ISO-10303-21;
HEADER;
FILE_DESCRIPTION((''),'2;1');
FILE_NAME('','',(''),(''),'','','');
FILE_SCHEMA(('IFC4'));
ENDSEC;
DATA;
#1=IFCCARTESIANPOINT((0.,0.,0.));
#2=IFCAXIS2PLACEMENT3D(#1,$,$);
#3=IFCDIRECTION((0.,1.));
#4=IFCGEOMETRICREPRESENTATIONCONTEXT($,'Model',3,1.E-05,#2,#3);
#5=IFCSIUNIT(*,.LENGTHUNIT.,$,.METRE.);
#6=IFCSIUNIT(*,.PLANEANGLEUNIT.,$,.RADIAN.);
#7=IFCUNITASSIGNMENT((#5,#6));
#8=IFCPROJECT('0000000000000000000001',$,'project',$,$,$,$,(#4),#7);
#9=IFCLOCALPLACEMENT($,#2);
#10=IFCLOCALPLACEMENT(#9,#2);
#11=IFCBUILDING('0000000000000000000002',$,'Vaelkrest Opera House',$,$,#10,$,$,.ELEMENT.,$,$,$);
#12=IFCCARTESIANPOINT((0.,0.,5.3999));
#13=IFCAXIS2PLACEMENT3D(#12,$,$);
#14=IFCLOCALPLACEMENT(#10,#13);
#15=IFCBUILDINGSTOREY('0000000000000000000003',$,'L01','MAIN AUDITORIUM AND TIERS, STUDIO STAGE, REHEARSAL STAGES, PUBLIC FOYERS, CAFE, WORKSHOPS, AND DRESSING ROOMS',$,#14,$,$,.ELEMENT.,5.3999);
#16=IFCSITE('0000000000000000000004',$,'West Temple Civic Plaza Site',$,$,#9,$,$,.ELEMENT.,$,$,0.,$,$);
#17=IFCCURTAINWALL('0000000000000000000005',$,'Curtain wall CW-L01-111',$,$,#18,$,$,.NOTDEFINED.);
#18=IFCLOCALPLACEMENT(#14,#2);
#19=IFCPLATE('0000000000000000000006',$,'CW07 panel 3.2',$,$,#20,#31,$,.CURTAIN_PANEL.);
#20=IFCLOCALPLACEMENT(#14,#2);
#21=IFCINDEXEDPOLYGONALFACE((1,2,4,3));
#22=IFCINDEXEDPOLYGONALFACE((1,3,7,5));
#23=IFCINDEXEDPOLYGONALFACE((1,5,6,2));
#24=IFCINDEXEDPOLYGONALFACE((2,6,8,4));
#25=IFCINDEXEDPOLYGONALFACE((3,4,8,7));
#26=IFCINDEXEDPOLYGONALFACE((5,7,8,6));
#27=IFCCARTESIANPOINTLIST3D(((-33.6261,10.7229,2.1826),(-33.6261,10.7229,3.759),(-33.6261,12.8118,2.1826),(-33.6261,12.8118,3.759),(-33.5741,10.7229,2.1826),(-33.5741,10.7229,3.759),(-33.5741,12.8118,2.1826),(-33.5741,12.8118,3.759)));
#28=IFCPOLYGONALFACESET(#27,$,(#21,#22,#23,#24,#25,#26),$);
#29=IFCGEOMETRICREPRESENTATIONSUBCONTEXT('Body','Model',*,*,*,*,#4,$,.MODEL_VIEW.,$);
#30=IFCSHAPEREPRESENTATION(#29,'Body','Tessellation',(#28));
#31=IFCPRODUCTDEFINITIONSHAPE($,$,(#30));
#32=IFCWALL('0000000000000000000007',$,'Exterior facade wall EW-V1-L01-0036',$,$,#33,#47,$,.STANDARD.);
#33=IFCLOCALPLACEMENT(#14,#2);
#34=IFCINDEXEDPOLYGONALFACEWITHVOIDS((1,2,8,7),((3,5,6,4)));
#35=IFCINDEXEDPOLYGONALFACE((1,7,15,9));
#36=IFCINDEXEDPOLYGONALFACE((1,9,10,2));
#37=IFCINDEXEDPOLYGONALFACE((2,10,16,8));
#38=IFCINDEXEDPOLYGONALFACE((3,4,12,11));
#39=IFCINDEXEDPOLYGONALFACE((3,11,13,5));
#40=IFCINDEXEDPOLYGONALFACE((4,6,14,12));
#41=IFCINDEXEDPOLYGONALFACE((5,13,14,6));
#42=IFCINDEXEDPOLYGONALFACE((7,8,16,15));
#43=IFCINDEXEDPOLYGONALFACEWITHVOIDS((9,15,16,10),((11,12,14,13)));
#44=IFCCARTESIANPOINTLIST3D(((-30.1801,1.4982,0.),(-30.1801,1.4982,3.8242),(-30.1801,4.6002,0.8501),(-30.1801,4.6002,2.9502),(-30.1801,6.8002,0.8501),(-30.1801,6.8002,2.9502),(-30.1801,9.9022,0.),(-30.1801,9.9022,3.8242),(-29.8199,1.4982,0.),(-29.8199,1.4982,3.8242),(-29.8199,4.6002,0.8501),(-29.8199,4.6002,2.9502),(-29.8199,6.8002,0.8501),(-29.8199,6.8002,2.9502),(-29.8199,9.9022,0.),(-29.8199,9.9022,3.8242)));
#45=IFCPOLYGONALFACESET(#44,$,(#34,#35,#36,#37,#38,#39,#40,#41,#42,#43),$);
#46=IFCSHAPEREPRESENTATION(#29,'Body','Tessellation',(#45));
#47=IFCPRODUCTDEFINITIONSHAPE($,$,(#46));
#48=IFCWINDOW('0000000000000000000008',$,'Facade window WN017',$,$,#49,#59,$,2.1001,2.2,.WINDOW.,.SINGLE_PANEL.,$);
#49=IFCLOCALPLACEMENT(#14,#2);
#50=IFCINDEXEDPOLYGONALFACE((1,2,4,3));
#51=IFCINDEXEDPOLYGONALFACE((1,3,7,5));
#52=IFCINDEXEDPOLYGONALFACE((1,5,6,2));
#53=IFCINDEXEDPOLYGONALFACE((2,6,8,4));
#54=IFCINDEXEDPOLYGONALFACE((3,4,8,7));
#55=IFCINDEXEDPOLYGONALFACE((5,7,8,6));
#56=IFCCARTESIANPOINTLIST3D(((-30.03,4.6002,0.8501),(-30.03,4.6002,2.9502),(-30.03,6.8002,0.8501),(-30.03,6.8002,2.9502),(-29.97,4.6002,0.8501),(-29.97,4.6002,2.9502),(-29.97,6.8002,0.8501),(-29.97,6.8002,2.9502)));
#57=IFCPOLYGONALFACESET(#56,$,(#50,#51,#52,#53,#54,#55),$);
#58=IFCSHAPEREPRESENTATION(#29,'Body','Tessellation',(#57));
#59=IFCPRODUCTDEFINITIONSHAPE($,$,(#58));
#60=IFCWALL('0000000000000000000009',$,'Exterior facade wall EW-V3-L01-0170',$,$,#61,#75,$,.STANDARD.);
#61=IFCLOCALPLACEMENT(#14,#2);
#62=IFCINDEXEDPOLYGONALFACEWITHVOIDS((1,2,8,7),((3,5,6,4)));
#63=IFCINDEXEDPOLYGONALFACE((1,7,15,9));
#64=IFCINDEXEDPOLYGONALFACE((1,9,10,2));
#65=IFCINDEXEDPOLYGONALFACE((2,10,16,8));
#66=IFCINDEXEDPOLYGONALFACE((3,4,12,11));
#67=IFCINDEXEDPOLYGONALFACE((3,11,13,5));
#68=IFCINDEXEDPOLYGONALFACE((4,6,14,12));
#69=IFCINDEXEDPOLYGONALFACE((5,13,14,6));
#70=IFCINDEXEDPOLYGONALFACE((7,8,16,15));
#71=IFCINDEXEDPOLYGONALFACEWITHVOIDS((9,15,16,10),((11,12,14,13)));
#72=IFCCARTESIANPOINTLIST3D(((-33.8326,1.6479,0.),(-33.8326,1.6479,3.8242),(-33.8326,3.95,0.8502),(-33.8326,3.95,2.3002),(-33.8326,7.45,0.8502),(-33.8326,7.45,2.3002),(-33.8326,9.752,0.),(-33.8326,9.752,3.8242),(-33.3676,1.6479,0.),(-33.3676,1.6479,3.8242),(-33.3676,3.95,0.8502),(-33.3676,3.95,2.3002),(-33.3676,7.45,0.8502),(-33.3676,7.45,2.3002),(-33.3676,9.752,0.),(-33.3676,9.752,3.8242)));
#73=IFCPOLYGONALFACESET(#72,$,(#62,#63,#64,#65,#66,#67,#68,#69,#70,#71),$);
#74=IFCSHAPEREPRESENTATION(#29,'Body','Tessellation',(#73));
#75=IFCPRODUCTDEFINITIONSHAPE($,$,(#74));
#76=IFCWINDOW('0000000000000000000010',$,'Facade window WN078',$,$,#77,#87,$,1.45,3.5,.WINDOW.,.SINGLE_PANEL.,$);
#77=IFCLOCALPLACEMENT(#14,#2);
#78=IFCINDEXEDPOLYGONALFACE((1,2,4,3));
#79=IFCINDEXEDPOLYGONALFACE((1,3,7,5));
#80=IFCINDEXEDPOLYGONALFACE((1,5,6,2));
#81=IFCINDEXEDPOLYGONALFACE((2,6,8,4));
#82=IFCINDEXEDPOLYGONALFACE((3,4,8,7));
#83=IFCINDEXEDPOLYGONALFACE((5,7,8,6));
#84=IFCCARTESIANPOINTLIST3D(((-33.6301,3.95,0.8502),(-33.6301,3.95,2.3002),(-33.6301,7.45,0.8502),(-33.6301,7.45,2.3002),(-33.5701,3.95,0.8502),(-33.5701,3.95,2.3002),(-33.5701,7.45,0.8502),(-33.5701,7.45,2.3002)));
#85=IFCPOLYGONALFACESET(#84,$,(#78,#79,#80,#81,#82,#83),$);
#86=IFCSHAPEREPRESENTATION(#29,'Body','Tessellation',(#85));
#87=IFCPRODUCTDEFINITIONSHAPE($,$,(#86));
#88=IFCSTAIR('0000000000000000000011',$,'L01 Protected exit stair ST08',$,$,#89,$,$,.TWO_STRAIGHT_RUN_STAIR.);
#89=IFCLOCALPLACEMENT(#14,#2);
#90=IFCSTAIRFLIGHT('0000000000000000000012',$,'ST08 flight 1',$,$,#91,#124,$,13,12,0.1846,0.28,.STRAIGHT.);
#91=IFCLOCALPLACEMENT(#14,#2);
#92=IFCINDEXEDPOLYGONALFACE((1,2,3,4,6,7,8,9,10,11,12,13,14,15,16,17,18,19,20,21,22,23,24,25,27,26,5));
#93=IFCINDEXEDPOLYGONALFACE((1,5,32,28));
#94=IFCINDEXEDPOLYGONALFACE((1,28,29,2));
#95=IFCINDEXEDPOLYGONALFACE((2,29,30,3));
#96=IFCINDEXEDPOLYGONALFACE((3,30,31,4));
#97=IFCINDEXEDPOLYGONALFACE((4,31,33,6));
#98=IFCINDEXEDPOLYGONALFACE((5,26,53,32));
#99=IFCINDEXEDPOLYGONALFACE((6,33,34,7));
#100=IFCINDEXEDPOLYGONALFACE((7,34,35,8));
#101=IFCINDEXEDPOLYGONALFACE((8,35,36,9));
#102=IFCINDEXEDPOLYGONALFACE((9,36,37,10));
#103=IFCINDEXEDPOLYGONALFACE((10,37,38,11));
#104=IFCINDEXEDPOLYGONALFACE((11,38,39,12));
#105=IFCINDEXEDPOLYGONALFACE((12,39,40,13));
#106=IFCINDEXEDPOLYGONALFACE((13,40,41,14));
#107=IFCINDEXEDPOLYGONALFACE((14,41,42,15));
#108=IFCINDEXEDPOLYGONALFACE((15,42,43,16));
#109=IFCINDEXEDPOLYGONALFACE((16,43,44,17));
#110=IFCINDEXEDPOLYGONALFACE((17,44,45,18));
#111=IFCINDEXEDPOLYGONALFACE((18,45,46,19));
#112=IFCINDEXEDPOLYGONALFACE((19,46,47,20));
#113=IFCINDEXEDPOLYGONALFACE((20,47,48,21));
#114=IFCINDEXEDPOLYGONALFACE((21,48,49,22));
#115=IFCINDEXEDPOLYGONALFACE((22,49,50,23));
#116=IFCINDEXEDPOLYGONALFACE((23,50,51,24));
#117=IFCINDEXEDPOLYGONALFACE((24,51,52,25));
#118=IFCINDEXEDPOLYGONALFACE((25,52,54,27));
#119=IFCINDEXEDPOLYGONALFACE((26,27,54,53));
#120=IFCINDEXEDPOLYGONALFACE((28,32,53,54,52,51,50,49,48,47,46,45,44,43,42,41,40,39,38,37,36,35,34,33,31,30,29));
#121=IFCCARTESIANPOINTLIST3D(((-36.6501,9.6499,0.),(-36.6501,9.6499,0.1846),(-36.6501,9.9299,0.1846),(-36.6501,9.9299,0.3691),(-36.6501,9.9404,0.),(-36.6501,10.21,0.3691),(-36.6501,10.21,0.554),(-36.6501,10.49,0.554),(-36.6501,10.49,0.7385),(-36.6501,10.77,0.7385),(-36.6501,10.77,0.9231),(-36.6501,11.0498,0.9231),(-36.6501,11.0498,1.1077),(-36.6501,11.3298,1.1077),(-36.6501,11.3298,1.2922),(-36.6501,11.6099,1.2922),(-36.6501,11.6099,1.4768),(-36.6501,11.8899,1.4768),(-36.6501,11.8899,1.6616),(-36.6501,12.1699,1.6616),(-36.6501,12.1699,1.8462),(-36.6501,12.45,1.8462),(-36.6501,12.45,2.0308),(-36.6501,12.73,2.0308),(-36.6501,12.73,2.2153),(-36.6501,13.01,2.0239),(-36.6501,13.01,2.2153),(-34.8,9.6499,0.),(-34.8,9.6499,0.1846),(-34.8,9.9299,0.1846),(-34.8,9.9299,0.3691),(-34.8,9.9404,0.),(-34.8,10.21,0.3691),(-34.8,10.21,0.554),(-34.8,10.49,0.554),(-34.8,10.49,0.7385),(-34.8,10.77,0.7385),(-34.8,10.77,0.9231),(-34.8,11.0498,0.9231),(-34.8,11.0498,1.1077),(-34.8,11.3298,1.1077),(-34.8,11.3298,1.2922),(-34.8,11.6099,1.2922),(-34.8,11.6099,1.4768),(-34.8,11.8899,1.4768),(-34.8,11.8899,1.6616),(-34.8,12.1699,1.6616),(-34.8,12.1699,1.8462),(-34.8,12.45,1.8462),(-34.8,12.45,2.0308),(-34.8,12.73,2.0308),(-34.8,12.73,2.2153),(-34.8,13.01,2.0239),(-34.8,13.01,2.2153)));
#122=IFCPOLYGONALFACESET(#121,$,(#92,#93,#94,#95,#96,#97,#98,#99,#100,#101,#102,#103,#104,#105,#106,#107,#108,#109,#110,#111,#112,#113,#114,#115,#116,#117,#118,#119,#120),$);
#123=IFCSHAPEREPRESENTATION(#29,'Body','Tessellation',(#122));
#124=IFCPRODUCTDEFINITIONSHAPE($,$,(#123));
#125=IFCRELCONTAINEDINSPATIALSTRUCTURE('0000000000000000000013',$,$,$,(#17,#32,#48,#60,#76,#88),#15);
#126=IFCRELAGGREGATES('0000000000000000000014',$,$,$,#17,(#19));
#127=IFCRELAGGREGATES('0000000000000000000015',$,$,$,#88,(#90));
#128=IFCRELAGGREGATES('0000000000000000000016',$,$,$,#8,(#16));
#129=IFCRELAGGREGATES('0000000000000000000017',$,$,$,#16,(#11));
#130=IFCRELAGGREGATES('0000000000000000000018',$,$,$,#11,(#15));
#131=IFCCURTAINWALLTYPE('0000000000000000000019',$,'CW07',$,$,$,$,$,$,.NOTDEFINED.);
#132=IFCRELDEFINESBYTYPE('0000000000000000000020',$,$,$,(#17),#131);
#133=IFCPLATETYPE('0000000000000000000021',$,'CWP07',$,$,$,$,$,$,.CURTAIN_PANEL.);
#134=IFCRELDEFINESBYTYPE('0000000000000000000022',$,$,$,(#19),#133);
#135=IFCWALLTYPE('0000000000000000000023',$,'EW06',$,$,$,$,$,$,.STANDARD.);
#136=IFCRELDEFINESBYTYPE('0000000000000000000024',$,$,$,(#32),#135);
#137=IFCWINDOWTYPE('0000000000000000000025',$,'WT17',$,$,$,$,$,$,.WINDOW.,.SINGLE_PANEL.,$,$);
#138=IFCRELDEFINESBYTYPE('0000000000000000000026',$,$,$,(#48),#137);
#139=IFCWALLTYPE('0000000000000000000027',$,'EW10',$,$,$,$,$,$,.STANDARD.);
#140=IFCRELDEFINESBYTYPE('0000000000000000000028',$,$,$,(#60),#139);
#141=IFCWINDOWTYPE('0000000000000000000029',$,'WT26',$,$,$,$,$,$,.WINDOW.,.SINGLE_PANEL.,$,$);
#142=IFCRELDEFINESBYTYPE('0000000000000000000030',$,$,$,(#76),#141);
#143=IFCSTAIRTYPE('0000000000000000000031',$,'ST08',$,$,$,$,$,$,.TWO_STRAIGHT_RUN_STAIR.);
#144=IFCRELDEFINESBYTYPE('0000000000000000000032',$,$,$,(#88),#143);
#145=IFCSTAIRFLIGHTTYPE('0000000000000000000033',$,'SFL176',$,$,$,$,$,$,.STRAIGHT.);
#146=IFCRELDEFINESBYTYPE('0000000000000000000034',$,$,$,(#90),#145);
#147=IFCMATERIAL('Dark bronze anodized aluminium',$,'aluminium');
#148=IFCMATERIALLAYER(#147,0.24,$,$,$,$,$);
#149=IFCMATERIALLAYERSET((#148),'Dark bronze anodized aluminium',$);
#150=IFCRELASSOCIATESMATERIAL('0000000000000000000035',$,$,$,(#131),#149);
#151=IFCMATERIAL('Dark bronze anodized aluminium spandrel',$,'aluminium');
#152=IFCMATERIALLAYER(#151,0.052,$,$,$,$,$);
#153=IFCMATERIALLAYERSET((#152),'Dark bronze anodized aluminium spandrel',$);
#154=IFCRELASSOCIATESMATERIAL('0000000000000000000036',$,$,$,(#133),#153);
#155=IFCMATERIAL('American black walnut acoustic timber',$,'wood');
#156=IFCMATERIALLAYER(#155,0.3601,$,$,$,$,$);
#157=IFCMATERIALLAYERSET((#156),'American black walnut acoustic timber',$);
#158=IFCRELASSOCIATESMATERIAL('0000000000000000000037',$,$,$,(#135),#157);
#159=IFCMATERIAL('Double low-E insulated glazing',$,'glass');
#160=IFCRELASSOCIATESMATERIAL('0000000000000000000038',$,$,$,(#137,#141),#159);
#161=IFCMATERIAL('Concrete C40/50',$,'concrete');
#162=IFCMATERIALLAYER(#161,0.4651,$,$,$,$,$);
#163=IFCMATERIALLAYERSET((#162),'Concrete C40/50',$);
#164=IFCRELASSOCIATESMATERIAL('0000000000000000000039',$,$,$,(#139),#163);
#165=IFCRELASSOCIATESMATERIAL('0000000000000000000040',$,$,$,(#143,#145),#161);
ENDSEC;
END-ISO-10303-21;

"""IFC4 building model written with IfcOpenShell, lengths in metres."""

from ifc_helpers import new_model, si_unit, direction, frame, frame_2d, origin, origin_2d, place, context, subcontext, project, spatial, polyline, rectangle, outline, extrude, material, layer, layer_set, type_object, element, fill, aggregate, save


model = new_model("IFC4")

# Units and contexts
model_context = context("Model", 3, precision=1e-05, world=origin(), true_north=direction((0.0, 1.0)))
body_context = subcontext(model_context, "Body", "Model", "MODEL_VIEW")
ifc_project = project(units=[si_unit("LENGTHUNIT", "METRE"), si_unit("PLANEANGLEUNIT", "RADIAN")], contexts=[model_context])

# Site, building, storey
site_placement = place(None, origin())
site = spatial("IfcSite", under=ifc_project, at=site_placement, Name="West Temple Civic Plaza Site", CompositionType="ELEMENT", RefElevation=0.0)
building_placement = place(site_placement, origin())
building = spatial("IfcBuilding", under=site, at=building_placement, Name="Vaelkrest Opera House", CompositionType="ELEMENT")
storey_placement = place(building_placement, frame((0.0, 0.0, 5.3999)))
storey = spatial("IfcBuildingStorey", under=building, at=storey_placement, Name="L01", Description="MAIN AUDITORIUM AND TIERS, STUDIO STAGE, REHEARSAL STAGES, PUBLIC FOYERS, CAFE, WORKSHOPS, AND DRESSING ROOMS", CompositionType="ELEMENT", Elevation=5.3999)

# Curtain wall
ifc_material_1 = material(Name="Dark bronze anodized aluminium", Category="aluminium")
ifc_layer_1 = layer(ifc_material_1, 0.24)
ifc_layer_set_1 = layer_set([ifc_layer_1], Name="Dark bronze anodized aluminium")
curtain_wall_type_1 = type_object("IfcCurtainWallType", Name="CW07", PredefinedType="NOTDEFINED", material=ifc_layer_set_1)
curtain_wall_1_placement = place(storey_placement, origin())
curtain_wall_1 = element("IfcCurtainWall", 1, at=curtain_wall_1_placement, inside=storey, type_object=curtain_wall_type_1, Name="Curtain wall CW-L01-111", PredefinedType="NOTDEFINED")

# Plate
ifc_material_2 = material(Name="Double low-E insulated glazing", Category="glass")
ifc_material_3 = material(Name="Dark bronze anodized aluminium spandrel", Category="aluminium")
ifc_layer_2 = layer(ifc_material_3, 0.052)
ifc_layer_set_2 = layer_set([ifc_layer_2], Name="Dark bronze anodized aluminium spandrel")
plate_type_1 = type_object("IfcPlateType", Name="CWP07", PredefinedType="CURTAIN_PANEL", material=ifc_layer_set_2)
plate_1_placement = place(storey_placement, frame((-33.6001, 11.7673, 2.1826), z_axis=(0.0, 0.0, 1.0), x_axis=(0.0, -1.0, 0.0)))
plate_1 = element("IfcPlate", 2, at=plate_1_placement, type_object=plate_type_1, Name="CW07 panel 3.2", PredefinedType="CURTAIN_PANEL", context=body_context, shape_type="SweptSolid", body=[
    extrude(rectangle(XDim=2.0889, YDim=0.052, at=origin_2d()), origin(), (0.0, 0.0, 1.0), 1.5764),
])
aggregate(curtain_wall_1, [plate_1])

# Walls, openings, windows
ifc_material_4 = material(Name="American black walnut acoustic timber", Category="wood")
ifc_layer_3 = layer(ifc_material_4, 0.3601)
ifc_layer_set_3 = layer_set([ifc_layer_3], Name="American black walnut acoustic timber")
wall_type_1 = type_object("IfcWallType", Name="EW06", PredefinedType="STANDARD", material=ifc_layer_set_3)
wall_1_placement = place(storey_placement, frame((-30.0, 1.498, 0.0), z_axis=(0.0, 0.0, 1.0), x_axis=(0.0, 1.0, 0.0)))
wall_1 = element("IfcWall", 3, at=wall_1_placement, inside=storey, type_object=wall_type_1, Name="Exterior facade wall EW-V1-L01-0036", PredefinedType="STANDARD", context=body_context, shape_type="SweptSolid", body=[
    extrude(rectangle(XDim=8.4041, YDim=0.3601, at=frame_2d((4.2021, 0.0))), origin(), (0.0, 0.0, 1.0), 3.8242),
])
opening_1_placement = place(wall_1_placement, frame((3.1021, 0.0, 0.8501)))
opening_1 = element("IfcOpeningElement", 4, at=opening_1_placement, cuts=wall_1, PredefinedType="OPENING", context=body_context, shape_type="SweptSolid", body=[
    extrude(rectangle(XDim=2.2, YDim=2.1001, at=frame_2d((1.1001, 1.05))), frame((0.0, 0.1899, 0.0), z_axis=(0.0, -1.0, 0.0), x_axis=(1.0, 0.0, 0.0)), (0.0, 0.0, 1.0), 0.3801),
])
window_type_1 = type_object("IfcWindowType", Name="WT17", PartitioningType="SINGLE_PANEL", PredefinedType="WINDOW", material=ifc_material_2)
window_1_placement = place(opening_1_placement, origin())
window_1 = element("IfcWindow", 5, at=window_1_placement, inside=storey, type_object=window_type_1, Name="Facade window WN017", OverallHeight=2.1001, OverallWidth=2.2, PartitioningType="SINGLE_PANEL", PredefinedType="WINDOW", context=body_context, shape_type="SweptSolid", body=[
    extrude(rectangle(XDim=2.2, YDim=2.1001, at=frame_2d((1.1001, 1.05))), frame((0.0, 0.03, 0.0), z_axis=(0.0, -1.0, 0.0), x_axis=(1.0, 0.0, 0.0)), (0.0, 0.0, 1.0), 0.0601),
])
fill(opening_1, window_1)
ifc_material_5 = material(Name="Concrete C40/50", Category="concrete")
ifc_layer_4 = layer(ifc_material_5, 0.4651)
ifc_layer_set_4 = layer_set([ifc_layer_4], Name="Concrete C40/50")
wall_type_2 = type_object("IfcWallType", Name="EW10", PredefinedType="STANDARD", material=ifc_layer_set_4)
wall_2_placement = place(storey_placement, frame((-33.6001, 9.752, 0.0), z_axis=(0.0, 0.0, 1.0), x_axis=(0.0, -1.0, 0.0)))
wall_2 = element("IfcWall", 6, at=wall_2_placement, inside=storey, type_object=wall_type_2, Name="Exterior facade wall EW-V3-L01-0170", PredefinedType="STANDARD", context=body_context, shape_type="SweptSolid", body=[
    extrude(rectangle(XDim=8.104, YDim=0.4651, at=frame_2d((4.052, 0.0))), origin(), (0.0, 0.0, 1.0), 3.8242),
])
opening_2_placement = place(wall_2_placement, frame((2.302, 0.0, 0.8501)))
opening_2 = element("IfcOpeningElement", 7, at=opening_2_placement, cuts=wall_2, PredefinedType="OPENING", context=body_context, shape_type="SweptSolid", body=[
    extrude(rectangle(XDim=3.5, YDim=1.45, at=frame_2d((1.75, 0.7251))), frame((0.0, 0.2424, 0.0), z_axis=(0.0, -1.0, 0.0), x_axis=(1.0, 0.0, 0.0)), (0.0, 0.0, 1.0), 0.4851),
])
window_type_2 = type_object("IfcWindowType", Name="WT26", PartitioningType="SINGLE_PANEL", PredefinedType="WINDOW", material=ifc_material_2)
window_2_placement = place(opening_2_placement, origin())
window_2 = element("IfcWindow", 8, at=window_2_placement, inside=storey, type_object=window_type_2, Name="Facade window WN078", OverallHeight=1.45, OverallWidth=3.5, PartitioningType="SINGLE_PANEL", PredefinedType="WINDOW", context=body_context, shape_type="SweptSolid", body=[
    extrude(rectangle(XDim=3.5, YDim=1.45, at=frame_2d((1.75, 0.7251))), frame((0.0, 0.03, 0.0), z_axis=(0.0, -1.0, 0.0), x_axis=(1.0, 0.0, 0.0)), (0.0, 0.0, 1.0), 0.0601),
])
fill(opening_2, window_2)

# Stair, stair flight
stair_type = type_object("IfcStairType", Name="ST08", PredefinedType="TWO_STRAIGHT_RUN_STAIR", material=ifc_material_5)
stair_placement = place(storey_placement, origin())
stair = element("IfcStair", 9, at=stair_placement, inside=storey, type_object=stair_type, Name="L01 Protected exit stair ST08", PredefinedType="TWO_STRAIGHT_RUN_STAIR")
stair_flight_type = type_object("IfcStairFlightType", Name="SFL176", PredefinedType="STRAIGHT", material=ifc_material_5)
stair_flight_placement = place(storey_placement, frame((-35.7251, 9.6499, 0.0), z_axis=(0.0, 0.0, 1.0), x_axis=(0.0, 1.0, 0.0)))
stair_flight = element("IfcStairFlight", 10, at=stair_flight_placement, type_object=stair_flight_type, Name="ST08 flight 1", NumberOfRisers=13, NumberOfTreads=12, PredefinedType="STRAIGHT", RiserHeight=0.1846, TreadLength=0.28, context=body_context, shape_type="SweptSolid", body=[
    extrude(outline(polyline([(0.0, 0.0), (0.0, 0.1846), (0.28, 0.1846), (0.28, 0.3691), (0.5601, 0.3691), (0.5601, 0.554), (0.8401, 0.554), (0.8401, 0.7385), (1.1201, 0.7385), (1.1201, 0.9231), (1.3999, 0.9231), (1.3999, 1.1077), (1.6799, 1.1077), (1.6799, 1.2922), (1.96, 1.2922), (1.96, 1.4768), (2.24, 1.4768), (2.24, 1.6616), (2.52, 1.6616), (2.52, 1.8462), (2.8, 1.8462), (2.8, 2.0308), (3.0801, 2.0308), (3.0801, 2.2153), (3.3601, 2.2153), (3.3601, 2.3999), (3.3601, 2.0239), (0.2905, 0.0), (0.0, 0.0)])), frame((0.0, 0.925, 0.0), z_axis=(0.0, -1.0, 0.0), x_axis=(1.0, 0.0, 0.0)), (0.0, 0.0, 1.0), 1.8501),
])
aggregate(stair, [stair_flight])

save(model, "model.ifc")
